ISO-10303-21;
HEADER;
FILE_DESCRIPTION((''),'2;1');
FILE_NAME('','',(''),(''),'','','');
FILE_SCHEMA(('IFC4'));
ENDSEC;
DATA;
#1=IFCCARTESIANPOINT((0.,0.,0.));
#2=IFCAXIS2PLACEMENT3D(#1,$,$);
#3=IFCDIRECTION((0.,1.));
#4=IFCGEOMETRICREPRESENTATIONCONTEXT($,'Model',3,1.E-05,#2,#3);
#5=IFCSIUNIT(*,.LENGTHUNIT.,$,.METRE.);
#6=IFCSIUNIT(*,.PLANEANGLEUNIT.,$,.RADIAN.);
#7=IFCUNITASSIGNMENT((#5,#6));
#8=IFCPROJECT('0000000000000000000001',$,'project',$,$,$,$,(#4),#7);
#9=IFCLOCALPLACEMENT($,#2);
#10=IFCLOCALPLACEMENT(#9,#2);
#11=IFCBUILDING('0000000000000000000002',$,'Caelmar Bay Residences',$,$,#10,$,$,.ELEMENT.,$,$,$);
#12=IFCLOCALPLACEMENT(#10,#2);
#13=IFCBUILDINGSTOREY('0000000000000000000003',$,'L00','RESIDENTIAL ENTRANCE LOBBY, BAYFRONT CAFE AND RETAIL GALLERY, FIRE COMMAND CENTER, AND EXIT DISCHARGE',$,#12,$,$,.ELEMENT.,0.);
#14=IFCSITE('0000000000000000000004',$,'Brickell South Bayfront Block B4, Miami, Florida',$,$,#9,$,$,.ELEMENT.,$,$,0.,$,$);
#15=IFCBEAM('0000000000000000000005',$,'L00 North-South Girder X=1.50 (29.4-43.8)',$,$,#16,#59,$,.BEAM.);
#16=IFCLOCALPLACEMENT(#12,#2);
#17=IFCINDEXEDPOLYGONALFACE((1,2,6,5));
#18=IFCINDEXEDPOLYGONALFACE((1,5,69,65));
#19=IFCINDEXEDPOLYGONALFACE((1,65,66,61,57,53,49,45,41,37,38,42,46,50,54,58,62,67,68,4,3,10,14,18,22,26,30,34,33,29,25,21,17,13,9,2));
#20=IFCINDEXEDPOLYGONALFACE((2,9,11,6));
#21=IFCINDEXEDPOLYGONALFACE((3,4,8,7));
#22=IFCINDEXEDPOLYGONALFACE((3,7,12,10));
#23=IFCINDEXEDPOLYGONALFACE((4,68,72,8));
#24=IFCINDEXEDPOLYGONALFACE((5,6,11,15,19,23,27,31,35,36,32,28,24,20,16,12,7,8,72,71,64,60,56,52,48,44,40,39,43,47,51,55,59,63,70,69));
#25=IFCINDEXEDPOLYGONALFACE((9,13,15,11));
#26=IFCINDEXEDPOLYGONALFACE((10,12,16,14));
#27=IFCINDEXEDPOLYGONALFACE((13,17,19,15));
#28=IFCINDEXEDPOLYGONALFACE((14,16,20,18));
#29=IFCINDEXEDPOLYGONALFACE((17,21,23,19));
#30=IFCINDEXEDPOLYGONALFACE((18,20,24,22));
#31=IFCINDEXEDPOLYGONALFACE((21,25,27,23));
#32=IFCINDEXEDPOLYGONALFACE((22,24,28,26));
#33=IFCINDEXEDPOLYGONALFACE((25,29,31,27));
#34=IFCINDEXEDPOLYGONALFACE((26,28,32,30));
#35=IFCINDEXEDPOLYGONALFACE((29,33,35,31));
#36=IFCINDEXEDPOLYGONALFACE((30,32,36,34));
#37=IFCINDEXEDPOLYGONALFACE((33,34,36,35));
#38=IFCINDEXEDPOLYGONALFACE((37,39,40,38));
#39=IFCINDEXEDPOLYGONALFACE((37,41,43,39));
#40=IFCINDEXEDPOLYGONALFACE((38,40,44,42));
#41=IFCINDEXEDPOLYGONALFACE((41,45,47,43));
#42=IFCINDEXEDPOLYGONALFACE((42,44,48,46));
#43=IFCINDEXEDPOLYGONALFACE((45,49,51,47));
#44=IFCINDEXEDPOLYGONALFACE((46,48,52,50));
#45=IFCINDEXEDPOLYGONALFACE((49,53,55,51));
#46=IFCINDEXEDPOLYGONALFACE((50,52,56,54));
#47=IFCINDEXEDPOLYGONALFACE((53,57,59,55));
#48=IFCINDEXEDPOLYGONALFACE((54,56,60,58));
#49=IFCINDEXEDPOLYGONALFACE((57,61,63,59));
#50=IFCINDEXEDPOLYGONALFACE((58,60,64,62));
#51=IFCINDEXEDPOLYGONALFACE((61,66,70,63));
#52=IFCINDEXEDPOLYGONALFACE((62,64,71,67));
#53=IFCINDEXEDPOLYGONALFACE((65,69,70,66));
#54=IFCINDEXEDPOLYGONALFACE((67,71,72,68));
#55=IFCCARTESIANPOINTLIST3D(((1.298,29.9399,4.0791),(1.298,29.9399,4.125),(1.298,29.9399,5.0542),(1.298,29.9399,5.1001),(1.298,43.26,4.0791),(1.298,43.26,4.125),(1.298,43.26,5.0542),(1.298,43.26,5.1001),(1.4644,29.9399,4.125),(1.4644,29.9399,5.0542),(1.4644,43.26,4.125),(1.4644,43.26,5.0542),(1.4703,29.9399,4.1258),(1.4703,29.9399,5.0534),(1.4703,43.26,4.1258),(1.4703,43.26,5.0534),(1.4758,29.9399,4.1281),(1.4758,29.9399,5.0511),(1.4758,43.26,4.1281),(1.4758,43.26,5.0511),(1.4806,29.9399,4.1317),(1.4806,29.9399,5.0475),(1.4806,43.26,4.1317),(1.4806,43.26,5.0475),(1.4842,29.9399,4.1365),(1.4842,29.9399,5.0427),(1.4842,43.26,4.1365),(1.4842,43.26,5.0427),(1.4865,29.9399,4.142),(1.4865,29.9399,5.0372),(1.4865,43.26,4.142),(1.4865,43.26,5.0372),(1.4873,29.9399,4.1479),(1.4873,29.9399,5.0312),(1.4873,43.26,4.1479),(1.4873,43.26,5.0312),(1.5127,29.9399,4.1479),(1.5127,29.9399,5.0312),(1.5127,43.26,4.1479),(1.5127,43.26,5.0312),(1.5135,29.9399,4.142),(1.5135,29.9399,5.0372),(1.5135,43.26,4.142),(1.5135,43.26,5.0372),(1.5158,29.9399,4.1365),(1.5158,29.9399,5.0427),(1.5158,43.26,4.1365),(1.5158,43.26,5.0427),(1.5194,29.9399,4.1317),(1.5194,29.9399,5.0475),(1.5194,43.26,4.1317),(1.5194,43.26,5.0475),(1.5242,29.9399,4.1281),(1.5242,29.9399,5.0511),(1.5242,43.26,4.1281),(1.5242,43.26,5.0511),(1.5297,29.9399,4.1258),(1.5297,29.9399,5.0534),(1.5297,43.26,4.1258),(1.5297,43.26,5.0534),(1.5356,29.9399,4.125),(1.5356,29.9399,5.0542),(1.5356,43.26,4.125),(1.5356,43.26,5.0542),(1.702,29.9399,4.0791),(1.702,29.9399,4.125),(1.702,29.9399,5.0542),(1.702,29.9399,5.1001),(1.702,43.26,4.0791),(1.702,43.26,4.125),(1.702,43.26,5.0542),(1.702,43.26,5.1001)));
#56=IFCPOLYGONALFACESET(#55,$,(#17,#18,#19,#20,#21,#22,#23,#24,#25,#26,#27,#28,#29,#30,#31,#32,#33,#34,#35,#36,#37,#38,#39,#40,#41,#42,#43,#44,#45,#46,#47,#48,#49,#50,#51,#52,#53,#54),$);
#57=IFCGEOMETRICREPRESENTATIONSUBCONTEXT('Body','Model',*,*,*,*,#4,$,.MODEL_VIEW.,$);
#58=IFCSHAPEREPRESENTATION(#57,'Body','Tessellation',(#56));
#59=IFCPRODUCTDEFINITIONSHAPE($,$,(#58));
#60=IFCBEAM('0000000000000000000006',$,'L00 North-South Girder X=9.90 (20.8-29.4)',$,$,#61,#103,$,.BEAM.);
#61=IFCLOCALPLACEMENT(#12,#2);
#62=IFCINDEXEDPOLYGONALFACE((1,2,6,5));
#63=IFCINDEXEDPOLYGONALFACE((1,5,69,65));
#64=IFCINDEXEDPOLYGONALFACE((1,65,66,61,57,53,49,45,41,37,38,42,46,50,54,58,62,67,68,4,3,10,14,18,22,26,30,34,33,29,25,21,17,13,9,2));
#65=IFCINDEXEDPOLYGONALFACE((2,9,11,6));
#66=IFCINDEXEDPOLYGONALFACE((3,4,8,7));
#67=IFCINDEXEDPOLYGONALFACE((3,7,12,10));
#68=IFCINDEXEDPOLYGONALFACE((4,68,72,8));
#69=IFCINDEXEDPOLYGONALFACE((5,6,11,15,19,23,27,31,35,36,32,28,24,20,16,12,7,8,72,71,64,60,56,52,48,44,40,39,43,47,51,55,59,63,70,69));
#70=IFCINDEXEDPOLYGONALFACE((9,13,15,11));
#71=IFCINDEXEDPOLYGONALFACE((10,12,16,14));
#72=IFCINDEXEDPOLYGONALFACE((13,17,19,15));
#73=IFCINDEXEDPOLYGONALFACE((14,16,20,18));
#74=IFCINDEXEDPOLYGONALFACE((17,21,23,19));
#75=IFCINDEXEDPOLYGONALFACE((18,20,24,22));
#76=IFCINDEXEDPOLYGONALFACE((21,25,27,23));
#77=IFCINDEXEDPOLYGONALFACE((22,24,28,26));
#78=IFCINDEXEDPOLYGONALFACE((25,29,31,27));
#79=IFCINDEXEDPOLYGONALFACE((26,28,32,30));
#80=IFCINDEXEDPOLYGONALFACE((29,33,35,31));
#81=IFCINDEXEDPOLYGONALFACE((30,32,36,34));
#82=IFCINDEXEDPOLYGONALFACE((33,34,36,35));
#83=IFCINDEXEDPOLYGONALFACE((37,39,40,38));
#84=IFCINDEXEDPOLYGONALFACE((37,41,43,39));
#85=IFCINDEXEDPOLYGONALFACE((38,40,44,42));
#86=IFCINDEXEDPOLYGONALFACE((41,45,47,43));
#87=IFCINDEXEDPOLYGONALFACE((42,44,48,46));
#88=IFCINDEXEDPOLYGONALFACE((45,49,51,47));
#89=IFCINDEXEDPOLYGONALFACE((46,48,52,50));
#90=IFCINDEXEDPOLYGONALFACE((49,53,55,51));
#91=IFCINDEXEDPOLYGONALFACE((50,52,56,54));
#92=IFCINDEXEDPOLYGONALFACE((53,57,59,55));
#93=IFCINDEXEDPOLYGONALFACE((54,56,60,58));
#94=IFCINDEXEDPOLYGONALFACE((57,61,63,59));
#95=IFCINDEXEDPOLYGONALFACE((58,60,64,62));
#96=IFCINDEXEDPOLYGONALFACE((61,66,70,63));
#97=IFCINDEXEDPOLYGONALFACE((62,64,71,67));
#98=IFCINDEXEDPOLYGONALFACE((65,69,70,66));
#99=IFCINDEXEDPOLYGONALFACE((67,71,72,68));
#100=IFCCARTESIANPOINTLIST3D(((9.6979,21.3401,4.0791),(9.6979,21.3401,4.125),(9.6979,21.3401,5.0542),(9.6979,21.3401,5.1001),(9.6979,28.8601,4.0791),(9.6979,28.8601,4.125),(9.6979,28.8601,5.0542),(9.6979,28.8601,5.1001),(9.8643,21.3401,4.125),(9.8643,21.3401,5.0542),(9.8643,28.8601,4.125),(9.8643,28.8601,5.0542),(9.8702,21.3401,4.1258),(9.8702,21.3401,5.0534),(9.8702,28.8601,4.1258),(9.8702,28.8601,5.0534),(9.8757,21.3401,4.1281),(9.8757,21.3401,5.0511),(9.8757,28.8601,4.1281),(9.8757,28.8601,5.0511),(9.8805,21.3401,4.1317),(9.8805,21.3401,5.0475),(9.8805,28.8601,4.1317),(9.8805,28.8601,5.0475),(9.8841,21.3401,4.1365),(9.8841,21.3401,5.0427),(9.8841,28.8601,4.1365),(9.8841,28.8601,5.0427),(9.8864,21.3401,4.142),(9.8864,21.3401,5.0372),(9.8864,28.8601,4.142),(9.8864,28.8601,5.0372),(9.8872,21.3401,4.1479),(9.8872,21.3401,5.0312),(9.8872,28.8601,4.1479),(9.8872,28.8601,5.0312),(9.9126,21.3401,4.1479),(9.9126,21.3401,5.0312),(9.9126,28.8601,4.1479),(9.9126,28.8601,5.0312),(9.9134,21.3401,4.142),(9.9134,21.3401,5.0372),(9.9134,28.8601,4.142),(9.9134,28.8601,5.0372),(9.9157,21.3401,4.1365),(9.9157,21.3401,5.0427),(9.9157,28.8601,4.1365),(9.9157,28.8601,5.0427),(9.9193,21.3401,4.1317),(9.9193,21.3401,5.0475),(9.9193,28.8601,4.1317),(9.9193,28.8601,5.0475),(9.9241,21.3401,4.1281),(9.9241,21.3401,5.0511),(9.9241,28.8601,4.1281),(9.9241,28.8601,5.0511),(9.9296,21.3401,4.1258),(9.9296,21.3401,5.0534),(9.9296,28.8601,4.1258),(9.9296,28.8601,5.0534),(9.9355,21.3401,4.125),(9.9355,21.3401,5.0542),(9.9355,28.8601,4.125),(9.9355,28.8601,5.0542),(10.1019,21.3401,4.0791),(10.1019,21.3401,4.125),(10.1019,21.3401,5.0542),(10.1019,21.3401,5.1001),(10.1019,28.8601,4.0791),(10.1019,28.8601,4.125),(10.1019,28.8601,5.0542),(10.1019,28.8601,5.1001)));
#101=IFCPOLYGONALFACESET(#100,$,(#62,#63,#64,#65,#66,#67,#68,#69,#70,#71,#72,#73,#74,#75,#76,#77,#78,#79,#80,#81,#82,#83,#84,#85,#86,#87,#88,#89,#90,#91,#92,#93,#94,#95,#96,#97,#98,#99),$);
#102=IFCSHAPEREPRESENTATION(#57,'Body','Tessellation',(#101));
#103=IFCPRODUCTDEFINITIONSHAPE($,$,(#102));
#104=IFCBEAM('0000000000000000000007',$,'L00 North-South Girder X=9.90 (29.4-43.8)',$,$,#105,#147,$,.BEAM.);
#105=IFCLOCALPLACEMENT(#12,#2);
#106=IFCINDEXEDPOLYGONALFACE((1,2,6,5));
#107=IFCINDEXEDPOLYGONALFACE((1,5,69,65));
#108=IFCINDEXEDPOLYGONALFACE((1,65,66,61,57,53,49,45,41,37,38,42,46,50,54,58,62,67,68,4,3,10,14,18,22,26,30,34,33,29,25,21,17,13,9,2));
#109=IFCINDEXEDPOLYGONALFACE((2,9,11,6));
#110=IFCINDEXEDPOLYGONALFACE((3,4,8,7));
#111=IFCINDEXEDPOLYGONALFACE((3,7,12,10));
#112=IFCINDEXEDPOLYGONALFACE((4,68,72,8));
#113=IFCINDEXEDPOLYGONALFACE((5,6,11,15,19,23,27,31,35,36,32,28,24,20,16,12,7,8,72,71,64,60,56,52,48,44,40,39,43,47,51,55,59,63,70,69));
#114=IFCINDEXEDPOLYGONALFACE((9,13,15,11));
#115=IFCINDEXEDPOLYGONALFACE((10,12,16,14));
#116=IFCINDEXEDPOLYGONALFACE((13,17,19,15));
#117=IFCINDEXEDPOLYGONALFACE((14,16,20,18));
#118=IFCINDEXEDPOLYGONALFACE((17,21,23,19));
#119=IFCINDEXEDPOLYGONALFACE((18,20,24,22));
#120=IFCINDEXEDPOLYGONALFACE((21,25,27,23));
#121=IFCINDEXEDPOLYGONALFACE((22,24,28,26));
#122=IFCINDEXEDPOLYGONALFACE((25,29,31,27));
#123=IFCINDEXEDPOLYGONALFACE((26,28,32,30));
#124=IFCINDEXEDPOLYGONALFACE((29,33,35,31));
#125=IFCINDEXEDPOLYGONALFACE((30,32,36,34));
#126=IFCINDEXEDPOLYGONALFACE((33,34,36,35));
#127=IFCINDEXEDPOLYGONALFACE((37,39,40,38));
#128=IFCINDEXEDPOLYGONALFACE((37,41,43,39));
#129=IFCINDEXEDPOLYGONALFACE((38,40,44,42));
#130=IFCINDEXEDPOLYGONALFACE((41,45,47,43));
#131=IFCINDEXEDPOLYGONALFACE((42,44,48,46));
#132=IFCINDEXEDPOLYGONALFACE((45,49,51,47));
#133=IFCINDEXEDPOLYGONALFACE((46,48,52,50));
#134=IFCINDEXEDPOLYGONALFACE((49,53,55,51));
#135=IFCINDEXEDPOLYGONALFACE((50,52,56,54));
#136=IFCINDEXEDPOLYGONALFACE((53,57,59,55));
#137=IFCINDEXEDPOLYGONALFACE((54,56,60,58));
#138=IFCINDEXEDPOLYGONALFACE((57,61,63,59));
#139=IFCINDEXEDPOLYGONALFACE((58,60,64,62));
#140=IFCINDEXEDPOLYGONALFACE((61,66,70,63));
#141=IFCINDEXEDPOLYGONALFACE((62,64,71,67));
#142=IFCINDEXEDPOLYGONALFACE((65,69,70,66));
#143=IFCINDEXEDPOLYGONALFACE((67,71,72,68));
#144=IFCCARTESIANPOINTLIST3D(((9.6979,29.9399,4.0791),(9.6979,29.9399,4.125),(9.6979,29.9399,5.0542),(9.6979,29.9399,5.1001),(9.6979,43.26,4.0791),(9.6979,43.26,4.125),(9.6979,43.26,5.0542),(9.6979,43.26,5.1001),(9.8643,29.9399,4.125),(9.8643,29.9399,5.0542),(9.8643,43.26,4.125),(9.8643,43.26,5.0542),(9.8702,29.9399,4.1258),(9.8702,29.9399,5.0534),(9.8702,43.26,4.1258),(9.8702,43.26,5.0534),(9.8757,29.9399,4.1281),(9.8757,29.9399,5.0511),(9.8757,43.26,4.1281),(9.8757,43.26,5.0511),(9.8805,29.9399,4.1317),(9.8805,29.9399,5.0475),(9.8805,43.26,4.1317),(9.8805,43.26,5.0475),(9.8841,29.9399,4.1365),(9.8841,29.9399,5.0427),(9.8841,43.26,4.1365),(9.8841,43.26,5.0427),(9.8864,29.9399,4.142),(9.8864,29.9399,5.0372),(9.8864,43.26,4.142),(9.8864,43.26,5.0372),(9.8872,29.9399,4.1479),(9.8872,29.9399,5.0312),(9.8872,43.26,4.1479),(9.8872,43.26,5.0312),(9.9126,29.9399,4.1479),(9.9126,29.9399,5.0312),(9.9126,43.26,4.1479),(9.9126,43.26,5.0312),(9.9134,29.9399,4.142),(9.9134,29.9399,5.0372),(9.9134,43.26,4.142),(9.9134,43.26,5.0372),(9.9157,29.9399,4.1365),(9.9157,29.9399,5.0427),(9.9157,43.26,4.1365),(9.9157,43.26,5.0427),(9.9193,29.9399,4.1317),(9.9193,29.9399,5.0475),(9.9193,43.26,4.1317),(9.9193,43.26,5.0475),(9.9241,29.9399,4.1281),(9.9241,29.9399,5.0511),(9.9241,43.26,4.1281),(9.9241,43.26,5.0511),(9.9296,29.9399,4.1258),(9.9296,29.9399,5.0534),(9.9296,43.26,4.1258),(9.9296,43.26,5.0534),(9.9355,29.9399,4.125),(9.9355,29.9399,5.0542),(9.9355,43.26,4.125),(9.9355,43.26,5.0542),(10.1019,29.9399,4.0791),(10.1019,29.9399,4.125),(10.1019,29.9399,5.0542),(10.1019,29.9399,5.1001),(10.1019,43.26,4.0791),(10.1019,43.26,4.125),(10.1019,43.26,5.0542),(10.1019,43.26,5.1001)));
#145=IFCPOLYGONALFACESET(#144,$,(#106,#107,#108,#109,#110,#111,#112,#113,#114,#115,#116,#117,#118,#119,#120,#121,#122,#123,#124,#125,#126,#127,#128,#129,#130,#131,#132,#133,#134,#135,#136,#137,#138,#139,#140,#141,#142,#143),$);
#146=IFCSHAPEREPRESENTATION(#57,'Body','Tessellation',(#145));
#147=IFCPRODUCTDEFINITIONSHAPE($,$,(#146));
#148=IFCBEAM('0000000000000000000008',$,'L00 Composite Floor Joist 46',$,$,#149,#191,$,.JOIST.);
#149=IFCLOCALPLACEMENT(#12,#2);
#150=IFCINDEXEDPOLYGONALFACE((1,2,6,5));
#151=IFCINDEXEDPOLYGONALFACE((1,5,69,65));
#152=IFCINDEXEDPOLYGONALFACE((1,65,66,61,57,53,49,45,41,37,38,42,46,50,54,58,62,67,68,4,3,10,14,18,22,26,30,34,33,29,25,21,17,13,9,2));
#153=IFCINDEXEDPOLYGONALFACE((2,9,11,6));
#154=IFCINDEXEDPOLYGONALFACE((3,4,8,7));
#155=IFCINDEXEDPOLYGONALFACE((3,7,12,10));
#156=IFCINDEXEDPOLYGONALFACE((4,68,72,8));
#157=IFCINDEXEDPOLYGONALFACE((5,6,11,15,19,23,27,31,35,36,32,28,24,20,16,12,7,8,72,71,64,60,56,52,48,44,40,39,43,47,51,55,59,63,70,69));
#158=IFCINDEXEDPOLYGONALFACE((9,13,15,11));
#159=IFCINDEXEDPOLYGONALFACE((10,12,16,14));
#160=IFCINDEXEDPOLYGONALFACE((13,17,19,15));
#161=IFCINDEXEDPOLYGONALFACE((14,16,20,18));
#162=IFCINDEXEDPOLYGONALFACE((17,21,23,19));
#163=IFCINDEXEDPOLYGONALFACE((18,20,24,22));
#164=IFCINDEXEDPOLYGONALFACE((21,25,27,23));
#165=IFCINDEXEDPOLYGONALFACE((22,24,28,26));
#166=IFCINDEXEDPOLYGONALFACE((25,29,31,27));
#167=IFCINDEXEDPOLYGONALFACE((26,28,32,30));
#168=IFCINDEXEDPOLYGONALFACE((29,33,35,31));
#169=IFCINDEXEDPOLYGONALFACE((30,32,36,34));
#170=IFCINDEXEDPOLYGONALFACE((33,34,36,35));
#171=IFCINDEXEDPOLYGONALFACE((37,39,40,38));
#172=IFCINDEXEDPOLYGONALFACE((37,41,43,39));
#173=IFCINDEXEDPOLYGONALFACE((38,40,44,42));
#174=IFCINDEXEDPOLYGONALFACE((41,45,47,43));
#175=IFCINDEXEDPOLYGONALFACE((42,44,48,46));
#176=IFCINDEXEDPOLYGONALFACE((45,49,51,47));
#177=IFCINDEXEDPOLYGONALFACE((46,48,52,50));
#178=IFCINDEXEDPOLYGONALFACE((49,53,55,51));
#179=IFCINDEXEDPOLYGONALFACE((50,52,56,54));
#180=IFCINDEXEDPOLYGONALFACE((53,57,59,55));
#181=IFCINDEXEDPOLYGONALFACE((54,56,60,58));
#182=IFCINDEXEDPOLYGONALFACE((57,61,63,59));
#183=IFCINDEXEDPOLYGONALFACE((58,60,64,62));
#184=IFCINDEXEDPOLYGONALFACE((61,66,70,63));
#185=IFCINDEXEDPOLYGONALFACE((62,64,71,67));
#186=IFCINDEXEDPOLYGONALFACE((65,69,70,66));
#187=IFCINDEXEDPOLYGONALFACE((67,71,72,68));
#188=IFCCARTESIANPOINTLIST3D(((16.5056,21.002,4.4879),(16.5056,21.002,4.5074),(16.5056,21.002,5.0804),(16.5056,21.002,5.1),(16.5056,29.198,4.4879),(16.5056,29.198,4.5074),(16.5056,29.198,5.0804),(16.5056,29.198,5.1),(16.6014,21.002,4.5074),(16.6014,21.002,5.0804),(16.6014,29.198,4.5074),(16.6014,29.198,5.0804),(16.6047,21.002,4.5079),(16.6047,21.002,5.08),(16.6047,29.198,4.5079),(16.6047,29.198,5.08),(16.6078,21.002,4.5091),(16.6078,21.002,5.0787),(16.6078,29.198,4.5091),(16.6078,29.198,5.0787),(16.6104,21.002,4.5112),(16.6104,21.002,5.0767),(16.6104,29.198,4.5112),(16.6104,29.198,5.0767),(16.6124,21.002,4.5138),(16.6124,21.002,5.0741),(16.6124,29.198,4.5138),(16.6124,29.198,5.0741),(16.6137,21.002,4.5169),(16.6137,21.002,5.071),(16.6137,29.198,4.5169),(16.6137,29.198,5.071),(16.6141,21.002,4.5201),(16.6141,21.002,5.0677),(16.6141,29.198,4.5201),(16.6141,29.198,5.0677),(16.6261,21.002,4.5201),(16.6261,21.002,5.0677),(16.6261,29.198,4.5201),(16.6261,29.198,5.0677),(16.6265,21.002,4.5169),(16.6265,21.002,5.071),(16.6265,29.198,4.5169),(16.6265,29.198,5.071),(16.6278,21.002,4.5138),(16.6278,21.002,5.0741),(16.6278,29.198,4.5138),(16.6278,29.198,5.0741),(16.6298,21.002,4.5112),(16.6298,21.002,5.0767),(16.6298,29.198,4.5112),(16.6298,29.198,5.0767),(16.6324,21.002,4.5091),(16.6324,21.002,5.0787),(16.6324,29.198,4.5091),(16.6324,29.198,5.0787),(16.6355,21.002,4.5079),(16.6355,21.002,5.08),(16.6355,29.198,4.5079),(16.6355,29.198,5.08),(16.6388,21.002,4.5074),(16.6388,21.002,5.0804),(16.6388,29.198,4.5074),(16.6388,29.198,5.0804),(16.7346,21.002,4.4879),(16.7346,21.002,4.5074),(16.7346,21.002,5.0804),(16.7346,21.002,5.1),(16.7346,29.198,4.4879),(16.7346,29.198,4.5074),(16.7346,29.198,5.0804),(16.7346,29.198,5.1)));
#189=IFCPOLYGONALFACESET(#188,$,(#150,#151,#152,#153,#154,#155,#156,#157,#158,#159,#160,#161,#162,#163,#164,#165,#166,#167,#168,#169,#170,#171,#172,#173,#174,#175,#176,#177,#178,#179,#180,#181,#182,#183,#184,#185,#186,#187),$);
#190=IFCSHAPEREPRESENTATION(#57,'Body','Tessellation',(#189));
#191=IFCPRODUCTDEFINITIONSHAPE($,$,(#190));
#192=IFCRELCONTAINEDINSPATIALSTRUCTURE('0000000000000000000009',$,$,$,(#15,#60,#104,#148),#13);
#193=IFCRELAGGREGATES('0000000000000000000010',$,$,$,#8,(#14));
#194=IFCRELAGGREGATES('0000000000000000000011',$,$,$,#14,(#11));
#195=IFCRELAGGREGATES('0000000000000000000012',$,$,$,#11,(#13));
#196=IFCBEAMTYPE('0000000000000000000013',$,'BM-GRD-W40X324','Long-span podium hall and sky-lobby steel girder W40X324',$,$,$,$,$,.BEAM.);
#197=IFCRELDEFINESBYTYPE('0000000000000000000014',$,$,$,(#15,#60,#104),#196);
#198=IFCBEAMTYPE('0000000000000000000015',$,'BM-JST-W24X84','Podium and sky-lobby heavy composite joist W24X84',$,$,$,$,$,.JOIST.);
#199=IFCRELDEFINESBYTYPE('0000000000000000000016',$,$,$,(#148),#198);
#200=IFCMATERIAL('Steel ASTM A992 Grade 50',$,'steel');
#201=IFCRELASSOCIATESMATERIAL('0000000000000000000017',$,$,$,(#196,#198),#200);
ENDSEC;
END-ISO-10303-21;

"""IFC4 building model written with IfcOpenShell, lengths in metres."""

from ifc_helpers import new_model, si_unit, direction, frame, origin, origin_2d, place, context, subcontext, project, spatial, i_section, extrude, material, material_profile, profile_set, type_object, element, save


model = new_model("IFC4")

# Units and contexts
model_context = context("Model", 3, precision=1e-05, world=origin(), true_north=direction((0.0, 1.0)))
body_context = subcontext(model_context, "Body", "Model", "MODEL_VIEW")
ifc_project = project(units=[si_unit("LENGTHUNIT", "METRE"), si_unit("PLANEANGLEUNIT", "RADIAN")], contexts=[model_context])

# Site, building, storey
site_placement = place(None, origin())
site = spatial("IfcSite", under=ifc_project, at=site_placement, Name="Brickell South Bayfront Block B4, Miami, Florida", CompositionType="ELEMENT", RefElevation=0.0)
building_placement = place(site_placement, origin())
building = spatial("IfcBuilding", under=site, at=building_placement, Name="Caelmar Bay Residences", CompositionType="ELEMENT")
storey_placement = place(building_placement, origin())
storey = spatial("IfcBuildingStorey", under=building, at=storey_placement, Name="L00", Description="RESIDENTIAL ENTRANCE LOBBY, BAYFRONT CAFE AND RETAIL GALLERY, FIRE COMMAND CENTER, AND EXIT DISCHARGE", CompositionType="ELEMENT", Elevation=0.0)

# Beams
ifc_material_1 = material(Name="Steel ASTM A992 Grade 50", Category="steel")
ifc_material_profile_1 = material_profile(ifc_material_1, i_section(OverallWidth=0.4041, OverallDepth=1.021, WebThickness=0.0254, FlangeThickness=0.0459, FilletRadius=0.0229, at=origin_2d()), Name="W40X324")
ifc_profile_set_1 = profile_set([ifc_material_profile_1], Name="Steel ASTM A992 Grade 50")
beam_type_1 = type_object("IfcBeamType", Name="BM-GRD-W40X324", Description="Long-span podium hall and sky-lobby steel girder W40X324", PredefinedType="BEAM", material=ifc_profile_set_1)
beam_1_placement = place(storey_placement, frame((1.5, 29.9399, 4.5896), z_axis=(0.0, 1.0, 0.0), x_axis=(-1.0, 0.0, 0.0)))
element("IfcBeam", 1, at=beam_1_placement, inside=storey, type_object=beam_type_1, Name="L00 North-South Girder X=1.50 (29.4-43.8)", PredefinedType="BEAM", context=body_context, shape_type="SweptSolid", body=[
    extrude(i_section(OverallWidth=0.4041, OverallDepth=1.021, WebThickness=0.0254, FlangeThickness=0.0459, FilletRadius=0.0229, at=origin_2d()), origin(), (0.0, 0.0, 1.0), 13.3201),
])
beam_2_placement = place(storey_placement, frame((9.8999, 21.3401, 4.5896), z_axis=(0.0, 1.0, 0.0), x_axis=(-1.0, 0.0, 0.0)))
element("IfcBeam", 2, at=beam_2_placement, inside=storey, type_object=beam_type_1, Name="L00 North-South Girder X=9.90 (20.8-29.4)", PredefinedType="BEAM", context=body_context, shape_type="SweptSolid", body=[
    extrude(i_section(OverallWidth=0.4041, OverallDepth=1.021, WebThickness=0.0254, FlangeThickness=0.0459, FilletRadius=0.0229, at=origin_2d()), origin(), (0.0, 0.0, 1.0), 7.52),
])
beam_3_placement = place(storey_placement, frame((9.8999, 29.9399, 4.5896), z_axis=(0.0, 1.0, 0.0), x_axis=(-1.0, 0.0, 0.0)))
element("IfcBeam", 3, at=beam_3_placement, inside=storey, type_object=beam_type_1, Name="L00 North-South Girder X=9.90 (29.4-43.8)", PredefinedType="BEAM", context=body_context, shape_type="SweptSolid", body=[
    extrude(i_section(OverallWidth=0.4041, OverallDepth=1.021, WebThickness=0.0254, FlangeThickness=0.0459, FilletRadius=0.0229, at=origin_2d()), origin(), (0.0, 0.0, 1.0), 13.3201),
])
ifc_material_profile_2 = material_profile(ifc_material_1, i_section(OverallWidth=0.229, OverallDepth=0.6121, WebThickness=0.012, FlangeThickness=0.0195, FilletRadius=0.0127, at=origin_2d()), Name="W24X84")
ifc_profile_set_2 = profile_set([ifc_material_profile_2], Name="Steel ASTM A992 Grade 50")
beam_type_2 = type_object("IfcBeamType", Name="BM-JST-W24X84", Description="Podium and sky-lobby heavy composite joist W24X84", PredefinedType="JOIST", material=ifc_profile_set_2)
beam_4_placement = place(storey_placement, frame((16.6201, 21.002, 4.7939), z_axis=(0.0, 1.0, 0.0), x_axis=(-1.0, 0.0, 0.0)))
element("IfcBeam", 4, at=beam_4_placement, inside=storey, type_object=beam_type_2, Name="L00 Composite Floor Joist 46", PredefinedType="JOIST", context=body_context, shape_type="SweptSolid", body=[
    extrude(i_section(OverallWidth=0.229, OverallDepth=0.6121, WebThickness=0.012, FlangeThickness=0.0195, FilletRadius=0.0127, at=origin_2d()), origin(), (0.0, 0.0, 1.0), 8.196),
])

save(model, "model.ifc")
